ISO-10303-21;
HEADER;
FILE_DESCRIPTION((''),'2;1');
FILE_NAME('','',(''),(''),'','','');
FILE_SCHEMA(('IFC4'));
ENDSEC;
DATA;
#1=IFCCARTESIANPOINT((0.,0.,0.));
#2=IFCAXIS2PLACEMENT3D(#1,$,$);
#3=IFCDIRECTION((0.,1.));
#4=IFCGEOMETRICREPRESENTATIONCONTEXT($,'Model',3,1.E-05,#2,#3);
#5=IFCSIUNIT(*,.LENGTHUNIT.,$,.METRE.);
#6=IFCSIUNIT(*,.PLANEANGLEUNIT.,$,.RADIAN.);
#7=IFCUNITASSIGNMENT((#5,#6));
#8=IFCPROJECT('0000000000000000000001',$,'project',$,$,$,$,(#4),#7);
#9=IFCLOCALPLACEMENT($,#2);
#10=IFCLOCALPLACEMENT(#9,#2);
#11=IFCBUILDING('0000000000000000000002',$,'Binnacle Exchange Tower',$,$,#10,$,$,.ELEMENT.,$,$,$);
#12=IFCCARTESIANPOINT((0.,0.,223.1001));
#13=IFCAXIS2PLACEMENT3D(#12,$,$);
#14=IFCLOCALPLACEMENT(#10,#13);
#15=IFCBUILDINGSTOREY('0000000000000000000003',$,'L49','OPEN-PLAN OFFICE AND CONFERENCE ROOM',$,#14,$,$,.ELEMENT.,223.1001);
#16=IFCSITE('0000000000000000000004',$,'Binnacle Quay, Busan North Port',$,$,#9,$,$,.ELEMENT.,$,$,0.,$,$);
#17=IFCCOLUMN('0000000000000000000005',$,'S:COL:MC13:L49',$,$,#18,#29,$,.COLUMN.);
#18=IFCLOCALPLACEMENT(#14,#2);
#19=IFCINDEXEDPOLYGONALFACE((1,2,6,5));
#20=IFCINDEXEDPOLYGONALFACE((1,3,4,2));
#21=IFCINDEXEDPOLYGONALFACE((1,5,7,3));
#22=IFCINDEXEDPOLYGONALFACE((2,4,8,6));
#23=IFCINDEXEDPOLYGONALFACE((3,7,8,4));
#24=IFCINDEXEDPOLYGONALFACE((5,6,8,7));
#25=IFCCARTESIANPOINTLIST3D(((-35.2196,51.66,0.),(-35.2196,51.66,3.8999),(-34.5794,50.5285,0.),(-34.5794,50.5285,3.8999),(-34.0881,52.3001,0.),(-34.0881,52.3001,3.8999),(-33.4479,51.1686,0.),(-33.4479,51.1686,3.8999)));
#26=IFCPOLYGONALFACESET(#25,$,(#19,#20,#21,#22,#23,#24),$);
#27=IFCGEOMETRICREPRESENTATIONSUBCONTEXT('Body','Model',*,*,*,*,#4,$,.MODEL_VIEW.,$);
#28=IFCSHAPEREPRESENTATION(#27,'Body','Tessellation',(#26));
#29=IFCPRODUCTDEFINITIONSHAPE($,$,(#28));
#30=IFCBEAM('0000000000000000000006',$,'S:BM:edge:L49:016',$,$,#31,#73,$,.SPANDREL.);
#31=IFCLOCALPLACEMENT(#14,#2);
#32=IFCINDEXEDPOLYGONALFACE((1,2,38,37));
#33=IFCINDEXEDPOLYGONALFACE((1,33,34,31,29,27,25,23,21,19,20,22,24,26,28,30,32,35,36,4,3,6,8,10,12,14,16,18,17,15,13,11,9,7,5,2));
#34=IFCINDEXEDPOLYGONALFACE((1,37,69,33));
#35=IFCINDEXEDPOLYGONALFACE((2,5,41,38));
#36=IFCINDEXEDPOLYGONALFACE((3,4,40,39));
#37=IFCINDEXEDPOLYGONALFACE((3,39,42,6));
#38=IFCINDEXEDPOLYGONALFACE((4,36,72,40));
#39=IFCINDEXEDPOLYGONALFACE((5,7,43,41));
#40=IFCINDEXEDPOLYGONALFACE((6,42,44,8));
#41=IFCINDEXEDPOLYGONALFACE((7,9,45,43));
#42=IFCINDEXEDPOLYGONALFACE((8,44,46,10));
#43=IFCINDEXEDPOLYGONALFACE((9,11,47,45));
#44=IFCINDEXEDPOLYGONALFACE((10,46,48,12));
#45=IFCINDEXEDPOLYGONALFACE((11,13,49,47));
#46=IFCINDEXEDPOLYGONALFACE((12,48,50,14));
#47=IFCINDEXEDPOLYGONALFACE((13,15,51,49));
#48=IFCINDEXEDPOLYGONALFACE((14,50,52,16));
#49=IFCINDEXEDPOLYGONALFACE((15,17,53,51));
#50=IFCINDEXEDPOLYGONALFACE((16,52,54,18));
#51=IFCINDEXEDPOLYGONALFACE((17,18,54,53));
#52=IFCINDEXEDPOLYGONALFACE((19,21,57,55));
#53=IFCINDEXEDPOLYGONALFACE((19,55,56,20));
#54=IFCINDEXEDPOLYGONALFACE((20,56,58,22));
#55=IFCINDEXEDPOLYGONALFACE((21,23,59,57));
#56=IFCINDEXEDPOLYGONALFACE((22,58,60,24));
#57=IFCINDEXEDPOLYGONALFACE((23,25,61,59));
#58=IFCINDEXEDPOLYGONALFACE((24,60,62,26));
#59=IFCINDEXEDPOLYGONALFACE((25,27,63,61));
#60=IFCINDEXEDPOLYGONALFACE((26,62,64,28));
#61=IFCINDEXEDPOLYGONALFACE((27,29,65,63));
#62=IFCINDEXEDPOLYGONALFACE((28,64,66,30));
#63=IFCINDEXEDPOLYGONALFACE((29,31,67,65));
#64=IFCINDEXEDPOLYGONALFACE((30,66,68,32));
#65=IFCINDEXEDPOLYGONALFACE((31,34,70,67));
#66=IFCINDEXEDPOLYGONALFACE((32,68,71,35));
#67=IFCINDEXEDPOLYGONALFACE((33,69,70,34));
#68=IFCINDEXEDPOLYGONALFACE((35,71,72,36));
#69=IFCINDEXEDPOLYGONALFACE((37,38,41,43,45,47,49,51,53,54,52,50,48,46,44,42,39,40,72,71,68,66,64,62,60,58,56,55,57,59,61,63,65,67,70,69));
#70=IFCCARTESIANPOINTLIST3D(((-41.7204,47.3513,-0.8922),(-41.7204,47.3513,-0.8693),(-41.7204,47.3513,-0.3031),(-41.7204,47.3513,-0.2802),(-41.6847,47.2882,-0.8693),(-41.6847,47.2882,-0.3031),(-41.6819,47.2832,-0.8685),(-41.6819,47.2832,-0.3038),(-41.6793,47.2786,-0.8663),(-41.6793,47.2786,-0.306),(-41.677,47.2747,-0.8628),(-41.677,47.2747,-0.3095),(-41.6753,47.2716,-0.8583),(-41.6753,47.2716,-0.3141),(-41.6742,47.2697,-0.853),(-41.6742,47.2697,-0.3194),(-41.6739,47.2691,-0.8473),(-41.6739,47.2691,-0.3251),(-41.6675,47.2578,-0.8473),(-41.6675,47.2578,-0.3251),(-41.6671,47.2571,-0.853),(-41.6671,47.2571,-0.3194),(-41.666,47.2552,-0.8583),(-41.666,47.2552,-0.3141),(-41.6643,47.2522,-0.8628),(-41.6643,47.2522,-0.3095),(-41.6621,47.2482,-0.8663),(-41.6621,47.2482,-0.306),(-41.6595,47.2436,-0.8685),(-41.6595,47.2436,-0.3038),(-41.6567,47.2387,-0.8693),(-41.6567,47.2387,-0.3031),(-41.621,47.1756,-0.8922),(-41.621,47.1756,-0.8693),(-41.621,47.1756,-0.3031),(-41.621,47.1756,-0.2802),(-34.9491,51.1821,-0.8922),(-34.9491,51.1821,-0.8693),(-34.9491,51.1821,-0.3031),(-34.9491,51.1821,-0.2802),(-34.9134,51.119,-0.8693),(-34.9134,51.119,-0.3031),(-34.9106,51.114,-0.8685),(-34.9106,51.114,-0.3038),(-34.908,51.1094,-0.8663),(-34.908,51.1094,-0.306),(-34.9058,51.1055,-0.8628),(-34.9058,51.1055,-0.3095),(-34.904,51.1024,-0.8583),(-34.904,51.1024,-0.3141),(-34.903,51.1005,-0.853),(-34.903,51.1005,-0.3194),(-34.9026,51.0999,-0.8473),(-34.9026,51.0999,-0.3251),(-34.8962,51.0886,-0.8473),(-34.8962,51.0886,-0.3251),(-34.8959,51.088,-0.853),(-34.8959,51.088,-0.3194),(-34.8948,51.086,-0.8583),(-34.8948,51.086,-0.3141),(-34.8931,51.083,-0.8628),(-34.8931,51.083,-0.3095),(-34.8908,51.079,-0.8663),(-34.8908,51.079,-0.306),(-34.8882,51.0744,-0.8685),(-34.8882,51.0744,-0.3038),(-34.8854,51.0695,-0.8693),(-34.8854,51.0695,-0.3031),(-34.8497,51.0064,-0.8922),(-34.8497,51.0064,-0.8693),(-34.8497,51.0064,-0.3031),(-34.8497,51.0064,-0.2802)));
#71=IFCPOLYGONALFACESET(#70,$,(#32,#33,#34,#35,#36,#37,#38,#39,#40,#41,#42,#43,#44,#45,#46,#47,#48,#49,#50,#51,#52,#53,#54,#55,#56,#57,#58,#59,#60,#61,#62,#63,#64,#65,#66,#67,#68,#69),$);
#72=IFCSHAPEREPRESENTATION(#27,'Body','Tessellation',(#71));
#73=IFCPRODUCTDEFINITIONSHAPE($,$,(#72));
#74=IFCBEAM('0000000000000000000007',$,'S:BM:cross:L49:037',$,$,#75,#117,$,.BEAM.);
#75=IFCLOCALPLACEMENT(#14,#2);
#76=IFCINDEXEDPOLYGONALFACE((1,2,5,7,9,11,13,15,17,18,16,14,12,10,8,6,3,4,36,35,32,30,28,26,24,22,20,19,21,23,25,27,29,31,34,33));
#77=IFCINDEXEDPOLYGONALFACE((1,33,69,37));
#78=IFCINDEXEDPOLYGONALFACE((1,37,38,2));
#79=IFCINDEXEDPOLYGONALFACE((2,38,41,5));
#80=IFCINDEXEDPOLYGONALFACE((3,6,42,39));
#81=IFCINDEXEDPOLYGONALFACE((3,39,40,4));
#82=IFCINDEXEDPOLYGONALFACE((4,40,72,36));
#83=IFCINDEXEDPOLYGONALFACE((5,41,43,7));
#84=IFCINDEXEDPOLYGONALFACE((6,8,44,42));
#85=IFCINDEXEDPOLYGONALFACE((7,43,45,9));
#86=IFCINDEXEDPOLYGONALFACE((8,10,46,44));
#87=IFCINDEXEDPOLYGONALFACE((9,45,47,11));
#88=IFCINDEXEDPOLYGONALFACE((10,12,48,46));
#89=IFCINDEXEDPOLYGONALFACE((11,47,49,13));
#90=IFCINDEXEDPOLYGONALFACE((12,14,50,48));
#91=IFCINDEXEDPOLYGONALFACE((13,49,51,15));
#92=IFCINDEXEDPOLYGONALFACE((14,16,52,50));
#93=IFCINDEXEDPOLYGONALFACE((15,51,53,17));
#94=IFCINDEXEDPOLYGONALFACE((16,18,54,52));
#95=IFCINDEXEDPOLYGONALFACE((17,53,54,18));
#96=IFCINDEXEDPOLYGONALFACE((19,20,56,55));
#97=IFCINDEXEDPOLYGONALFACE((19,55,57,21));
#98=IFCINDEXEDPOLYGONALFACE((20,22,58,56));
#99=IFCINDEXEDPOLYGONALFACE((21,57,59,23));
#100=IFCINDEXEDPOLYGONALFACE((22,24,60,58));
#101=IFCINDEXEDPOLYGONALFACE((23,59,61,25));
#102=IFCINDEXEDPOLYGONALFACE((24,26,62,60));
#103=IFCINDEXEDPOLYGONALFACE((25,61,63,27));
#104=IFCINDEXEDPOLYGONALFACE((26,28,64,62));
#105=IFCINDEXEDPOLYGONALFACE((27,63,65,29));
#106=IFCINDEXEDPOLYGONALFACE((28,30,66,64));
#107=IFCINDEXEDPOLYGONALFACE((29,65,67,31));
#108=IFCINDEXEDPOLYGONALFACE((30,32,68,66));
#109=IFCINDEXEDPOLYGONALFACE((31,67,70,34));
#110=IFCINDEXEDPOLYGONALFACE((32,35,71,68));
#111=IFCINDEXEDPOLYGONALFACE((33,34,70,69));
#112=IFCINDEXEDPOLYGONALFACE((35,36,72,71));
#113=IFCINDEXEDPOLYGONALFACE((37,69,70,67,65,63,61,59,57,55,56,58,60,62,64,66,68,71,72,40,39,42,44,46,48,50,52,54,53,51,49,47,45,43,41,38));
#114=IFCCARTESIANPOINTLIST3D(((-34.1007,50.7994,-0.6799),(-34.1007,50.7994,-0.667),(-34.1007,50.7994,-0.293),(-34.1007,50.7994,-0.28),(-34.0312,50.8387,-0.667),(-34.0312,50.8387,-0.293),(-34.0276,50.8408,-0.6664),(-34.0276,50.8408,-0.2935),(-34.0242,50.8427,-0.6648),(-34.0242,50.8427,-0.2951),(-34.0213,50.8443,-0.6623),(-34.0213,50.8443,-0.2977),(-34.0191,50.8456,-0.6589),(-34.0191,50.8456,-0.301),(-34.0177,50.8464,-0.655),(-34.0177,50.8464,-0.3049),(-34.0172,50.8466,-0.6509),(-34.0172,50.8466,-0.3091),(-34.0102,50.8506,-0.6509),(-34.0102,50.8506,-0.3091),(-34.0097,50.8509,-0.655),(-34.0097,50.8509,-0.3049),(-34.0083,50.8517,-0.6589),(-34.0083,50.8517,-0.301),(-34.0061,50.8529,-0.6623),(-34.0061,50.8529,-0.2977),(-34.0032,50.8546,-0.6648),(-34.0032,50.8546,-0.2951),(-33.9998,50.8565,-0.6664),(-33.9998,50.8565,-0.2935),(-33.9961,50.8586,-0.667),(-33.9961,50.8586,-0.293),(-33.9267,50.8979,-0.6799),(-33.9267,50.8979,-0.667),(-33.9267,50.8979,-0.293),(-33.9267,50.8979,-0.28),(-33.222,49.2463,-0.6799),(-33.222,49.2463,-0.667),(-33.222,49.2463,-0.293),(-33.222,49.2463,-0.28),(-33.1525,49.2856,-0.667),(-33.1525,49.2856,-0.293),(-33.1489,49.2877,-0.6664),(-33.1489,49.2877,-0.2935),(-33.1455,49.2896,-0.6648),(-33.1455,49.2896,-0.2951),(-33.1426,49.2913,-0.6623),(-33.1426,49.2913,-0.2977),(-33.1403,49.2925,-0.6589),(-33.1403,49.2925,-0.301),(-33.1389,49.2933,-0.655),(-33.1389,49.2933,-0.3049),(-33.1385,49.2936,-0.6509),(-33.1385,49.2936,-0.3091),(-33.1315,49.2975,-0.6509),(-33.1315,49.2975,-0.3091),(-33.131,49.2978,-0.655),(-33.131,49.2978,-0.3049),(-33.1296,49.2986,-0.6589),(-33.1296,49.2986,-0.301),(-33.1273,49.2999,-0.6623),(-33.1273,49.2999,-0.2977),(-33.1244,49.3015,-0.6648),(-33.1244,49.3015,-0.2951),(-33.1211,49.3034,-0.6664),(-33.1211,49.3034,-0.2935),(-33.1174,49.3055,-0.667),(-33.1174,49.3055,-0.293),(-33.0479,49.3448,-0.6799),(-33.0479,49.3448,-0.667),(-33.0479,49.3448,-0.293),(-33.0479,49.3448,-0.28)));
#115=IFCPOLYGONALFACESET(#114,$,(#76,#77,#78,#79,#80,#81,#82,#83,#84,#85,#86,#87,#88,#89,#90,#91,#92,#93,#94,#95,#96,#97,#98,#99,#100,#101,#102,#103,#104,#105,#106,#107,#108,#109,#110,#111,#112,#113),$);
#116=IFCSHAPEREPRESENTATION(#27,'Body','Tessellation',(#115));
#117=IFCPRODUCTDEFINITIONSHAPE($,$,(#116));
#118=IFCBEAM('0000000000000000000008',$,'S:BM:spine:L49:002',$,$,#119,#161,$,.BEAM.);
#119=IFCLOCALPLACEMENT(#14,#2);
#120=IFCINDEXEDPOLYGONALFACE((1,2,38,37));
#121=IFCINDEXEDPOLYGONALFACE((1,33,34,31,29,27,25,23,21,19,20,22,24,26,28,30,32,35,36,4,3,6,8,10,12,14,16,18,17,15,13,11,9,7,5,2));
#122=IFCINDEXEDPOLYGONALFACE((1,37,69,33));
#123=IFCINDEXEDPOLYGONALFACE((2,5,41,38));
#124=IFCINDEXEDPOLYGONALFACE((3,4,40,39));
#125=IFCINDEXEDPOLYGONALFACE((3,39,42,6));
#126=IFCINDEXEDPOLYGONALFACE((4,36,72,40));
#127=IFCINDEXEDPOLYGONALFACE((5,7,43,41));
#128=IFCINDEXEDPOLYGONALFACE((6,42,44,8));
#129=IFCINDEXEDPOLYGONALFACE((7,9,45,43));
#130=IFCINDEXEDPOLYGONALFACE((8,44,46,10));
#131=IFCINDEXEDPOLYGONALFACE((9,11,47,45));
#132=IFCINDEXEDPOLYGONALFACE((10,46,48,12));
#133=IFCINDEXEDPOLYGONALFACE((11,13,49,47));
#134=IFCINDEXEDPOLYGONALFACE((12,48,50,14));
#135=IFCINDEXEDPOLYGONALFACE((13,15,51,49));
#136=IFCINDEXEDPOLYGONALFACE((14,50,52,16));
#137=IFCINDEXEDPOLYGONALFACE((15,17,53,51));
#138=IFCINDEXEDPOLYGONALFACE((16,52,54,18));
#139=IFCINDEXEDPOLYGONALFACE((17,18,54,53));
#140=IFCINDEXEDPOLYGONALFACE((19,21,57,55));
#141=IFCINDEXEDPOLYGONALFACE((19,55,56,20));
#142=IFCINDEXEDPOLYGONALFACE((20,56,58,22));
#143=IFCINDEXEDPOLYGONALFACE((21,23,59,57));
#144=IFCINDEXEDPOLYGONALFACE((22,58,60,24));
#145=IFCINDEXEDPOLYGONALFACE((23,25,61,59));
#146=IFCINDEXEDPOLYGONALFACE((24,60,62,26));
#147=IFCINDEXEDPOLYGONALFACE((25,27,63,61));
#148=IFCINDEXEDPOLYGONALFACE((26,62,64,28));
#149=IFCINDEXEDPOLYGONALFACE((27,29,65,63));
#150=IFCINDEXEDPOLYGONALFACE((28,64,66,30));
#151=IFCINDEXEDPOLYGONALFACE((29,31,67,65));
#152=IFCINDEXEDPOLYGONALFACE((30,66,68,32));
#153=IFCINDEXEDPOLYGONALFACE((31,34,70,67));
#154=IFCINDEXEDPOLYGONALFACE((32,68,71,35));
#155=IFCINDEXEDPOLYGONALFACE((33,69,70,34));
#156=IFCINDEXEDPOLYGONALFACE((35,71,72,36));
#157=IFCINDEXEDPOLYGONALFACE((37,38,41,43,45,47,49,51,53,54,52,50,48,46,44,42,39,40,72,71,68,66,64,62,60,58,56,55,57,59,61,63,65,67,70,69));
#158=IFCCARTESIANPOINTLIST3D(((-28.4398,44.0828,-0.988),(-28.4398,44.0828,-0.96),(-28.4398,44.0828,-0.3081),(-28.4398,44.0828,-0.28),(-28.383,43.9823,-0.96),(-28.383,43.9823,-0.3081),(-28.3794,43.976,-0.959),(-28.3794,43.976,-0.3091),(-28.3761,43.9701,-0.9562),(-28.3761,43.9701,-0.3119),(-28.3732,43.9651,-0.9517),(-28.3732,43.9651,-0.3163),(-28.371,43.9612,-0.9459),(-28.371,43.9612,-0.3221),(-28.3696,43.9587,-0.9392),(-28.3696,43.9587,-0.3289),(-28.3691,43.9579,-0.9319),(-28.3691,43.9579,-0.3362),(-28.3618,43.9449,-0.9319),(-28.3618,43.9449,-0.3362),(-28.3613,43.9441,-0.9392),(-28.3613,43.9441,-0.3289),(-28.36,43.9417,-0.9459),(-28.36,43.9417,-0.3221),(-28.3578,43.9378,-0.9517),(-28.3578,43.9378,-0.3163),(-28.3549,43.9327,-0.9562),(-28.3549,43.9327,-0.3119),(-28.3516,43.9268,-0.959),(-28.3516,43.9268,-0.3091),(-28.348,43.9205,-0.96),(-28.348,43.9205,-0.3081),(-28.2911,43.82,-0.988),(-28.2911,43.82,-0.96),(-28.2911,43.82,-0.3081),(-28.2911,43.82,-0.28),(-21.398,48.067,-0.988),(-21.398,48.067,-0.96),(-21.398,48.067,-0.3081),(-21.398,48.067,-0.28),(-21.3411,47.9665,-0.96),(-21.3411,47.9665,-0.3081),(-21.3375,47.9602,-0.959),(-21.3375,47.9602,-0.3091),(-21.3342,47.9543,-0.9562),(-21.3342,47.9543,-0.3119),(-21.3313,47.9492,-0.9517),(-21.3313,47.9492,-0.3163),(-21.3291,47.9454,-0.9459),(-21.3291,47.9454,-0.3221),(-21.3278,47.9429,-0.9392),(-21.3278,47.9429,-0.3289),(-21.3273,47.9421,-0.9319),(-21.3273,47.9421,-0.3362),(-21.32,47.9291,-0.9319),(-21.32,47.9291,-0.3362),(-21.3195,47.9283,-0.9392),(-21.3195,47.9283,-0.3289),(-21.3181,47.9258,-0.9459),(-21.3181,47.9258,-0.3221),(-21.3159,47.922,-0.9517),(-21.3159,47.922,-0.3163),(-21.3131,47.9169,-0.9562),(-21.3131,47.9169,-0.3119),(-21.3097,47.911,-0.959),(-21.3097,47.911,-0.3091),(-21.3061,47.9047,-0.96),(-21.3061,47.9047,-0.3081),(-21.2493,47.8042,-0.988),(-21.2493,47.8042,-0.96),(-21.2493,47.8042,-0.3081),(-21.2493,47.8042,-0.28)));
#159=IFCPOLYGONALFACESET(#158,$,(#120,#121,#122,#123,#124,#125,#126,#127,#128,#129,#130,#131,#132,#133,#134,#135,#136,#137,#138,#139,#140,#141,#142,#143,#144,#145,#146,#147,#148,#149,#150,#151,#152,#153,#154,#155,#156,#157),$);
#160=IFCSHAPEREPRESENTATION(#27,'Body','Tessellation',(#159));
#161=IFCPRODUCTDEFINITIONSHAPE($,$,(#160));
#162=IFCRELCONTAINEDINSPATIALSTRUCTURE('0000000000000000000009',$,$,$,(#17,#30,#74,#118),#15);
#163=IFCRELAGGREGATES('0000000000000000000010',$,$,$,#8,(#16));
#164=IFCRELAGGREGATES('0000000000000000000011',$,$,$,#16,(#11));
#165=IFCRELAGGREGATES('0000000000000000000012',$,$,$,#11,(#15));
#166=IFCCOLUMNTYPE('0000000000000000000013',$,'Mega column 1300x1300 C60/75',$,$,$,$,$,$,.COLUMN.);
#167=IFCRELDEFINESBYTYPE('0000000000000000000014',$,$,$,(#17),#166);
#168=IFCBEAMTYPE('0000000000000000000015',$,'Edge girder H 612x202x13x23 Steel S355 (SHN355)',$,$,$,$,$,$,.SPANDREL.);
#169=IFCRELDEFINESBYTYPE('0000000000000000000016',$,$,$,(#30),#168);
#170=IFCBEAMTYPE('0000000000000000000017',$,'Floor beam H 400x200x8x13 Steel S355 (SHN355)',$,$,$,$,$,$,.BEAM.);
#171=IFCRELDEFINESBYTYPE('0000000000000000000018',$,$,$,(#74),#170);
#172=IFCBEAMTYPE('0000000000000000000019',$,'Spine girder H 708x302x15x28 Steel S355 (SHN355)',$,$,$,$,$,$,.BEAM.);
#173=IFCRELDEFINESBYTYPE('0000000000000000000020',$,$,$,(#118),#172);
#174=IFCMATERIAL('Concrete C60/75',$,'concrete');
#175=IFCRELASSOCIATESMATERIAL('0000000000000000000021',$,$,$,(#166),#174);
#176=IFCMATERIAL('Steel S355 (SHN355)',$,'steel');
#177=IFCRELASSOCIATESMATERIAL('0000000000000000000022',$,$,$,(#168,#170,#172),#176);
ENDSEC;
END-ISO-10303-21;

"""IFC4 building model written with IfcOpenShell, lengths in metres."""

from ifc_helpers import new_model, si_unit, direction, frame, origin, origin_2d, place, context, subcontext, project, spatial, rectangle, i_section, extrude, material, material_profile, profile_set, type_object, element, save


model = new_model("IFC4")

# Units and contexts
model_context = context("Model", 3, precision=1e-05, world=origin(), true_north=direction((0.0, 1.0)))
body_context = subcontext(model_context, "Body", "Model", "MODEL_VIEW")
ifc_project = project(units=[si_unit("LENGTHUNIT", "METRE"), si_unit("PLANEANGLEUNIT", "RADIAN")], contexts=[model_context])

# Site, building, storey
site_placement = place(None, origin())
site = spatial("IfcSite", under=ifc_project, at=site_placement, Name="Binnacle Quay, Busan North Port", CompositionType="ELEMENT", RefElevation=0.0)
building_placement = place(site_placement, origin())
building = spatial("IfcBuilding", under=site, at=building_placement, Name="Binnacle Exchange Tower", CompositionType="ELEMENT")
storey_placement = place(building_placement, frame((0.0, 0.0, 223.1001)))
storey = spatial("IfcBuildingStorey", under=building, at=storey_placement, Name="L49", Description="OPEN-PLAN OFFICE AND CONFERENCE ROOM", CompositionType="ELEMENT", Elevation=223.1001)

# Column
ifc_material_1 = material(Name="Concrete C60/75", Category="concrete")
ifc_material_profile_1 = material_profile(ifc_material_1, rectangle(XDim=1.3, YDim=1.3, at=origin_2d()), Name="Mega column 1300x1300 C60/75")
ifc_profile_set_1 = profile_set([ifc_material_profile_1], Name="Concrete C60/75")
column_type = type_object("IfcColumnType", Name="Mega column 1300x1300 C60/75", PredefinedType="COLUMN", material=ifc_profile_set_1)
column_placement = place(storey_placement, frame((-34.3337, 51.4143, 0.0), z_axis=(0.0, 0.0, 1.0), x_axis=(-0.870356, -0.492424, 0.0)))
element("IfcColumn", 1, at=column_placement, inside=storey, type_object=column_type, Name="S:COL:MC13:L49", PredefinedType="COLUMN", context=body_context, shape_type="SweptSolid", body=[
    extrude(rectangle(XDim=1.3, YDim=1.3, at=origin_2d()), origin(), (0.0, 0.0, 1.0), 3.8999),
])

# Beams
ifc_material_2 = material(Name="Steel S355 (SHN355)", Category="steel")
ifc_material_profile_2 = material_profile(ifc_material_2, i_section(OverallWidth=0.2019, OverallDepth=0.6121, WebThickness=0.0129, FlangeThickness=0.0229, FilletRadius=0.022, at=origin_2d()), Name="H 612x202x13x23")
ifc_profile_set_2 = profile_set([ifc_material_profile_2], Name="Steel S355 (SHN355)")
beam_type_1 = type_object("IfcBeamType", Name="Edge girder H 612x202x13x23 Steel S355 (SHN355)", PredefinedType="SPANDREL", material=ifc_profile_set_2)
beam_1_placement = place(storey_placement, frame((-34.8994, 51.0942, -0.5862), z_axis=(-0.870365, -0.492407, 0.0), x_axis=(0.492407, -0.870365, 0.0)))
element("IfcBeam", 2, at=beam_1_placement, inside=storey, type_object=beam_type_1, Name="S:BM:edge:L49:016", PredefinedType="SPANDREL", context=body_context, shape_type="SweptSolid", body=[
    extrude(i_section(OverallWidth=0.2019, OverallDepth=0.6121, WebThickness=0.0129, FlangeThickness=0.0229, FilletRadius=0.022, at=origin_2d()), origin(), (0.0, 0.0, 1.0), 7.7798),
])
ifc_material_profile_3 = material_profile(ifc_material_2, i_section(OverallWidth=0.2, OverallDepth=0.3999, WebThickness=0.0081, FlangeThickness=0.0129, FilletRadius=0.0161, at=origin_2d()), Name="H 400x200x8x13")
ifc_profile_set_3 = profile_set([ifc_material_profile_3], Name="Steel S355 (SHN355)")
beam_type_2 = type_object("IfcBeamType", Name="Floor beam H 400x200x8x13 Steel S355 (SHN355)", PredefinedType="BEAM", material=ifc_profile_set_3)
beam_2_placement = place(storey_placement, frame((-34.0137, 50.8486, -0.48), z_axis=(0.492436, -0.870349, 0.0), x_axis=(0.870349, 0.492436, 0.0)))
element("IfcBeam", 3, at=beam_2_placement, inside=storey, type_object=beam_type_2, Name="S:BM:cross:L49:037", PredefinedType="BEAM", context=body_context, shape_type="SweptSolid", body=[
    extrude(i_section(OverallWidth=0.2, OverallDepth=0.3999, WebThickness=0.0081, FlangeThickness=0.0129, FilletRadius=0.0161, at=origin_2d()), origin(), (0.0, 0.0, 1.0), 1.7844),
])
ifc_material_profile_4 = material_profile(ifc_material_2, i_section(OverallWidth=0.302, OverallDepth=0.708, WebThickness=0.0149, FlangeThickness=0.0281, FilletRadius=0.0281, at=origin_2d()), Name="H 708x302x15x28")
ifc_profile_set_4 = profile_set([ifc_material_profile_4], Name="Steel S355 (SHN355)")
beam_type_3 = type_object("IfcBeamType", Name="Spine girder H 708x302x15x28 Steel S355 (SHN355)", PredefinedType="BEAM", material=ifc_profile_set_4)
beam_3_placement = place(storey_placement, frame((-28.3655, 43.9514, -0.634), z_axis=(0.87035, 0.492433, 0.0), x_axis=(-0.492433, 0.87035, 0.0)))
element("IfcBeam", 4, at=beam_3_placement, inside=storey, type_object=beam_type_3, Name="S:BM:spine:L49:002", PredefinedType="BEAM", context=body_context, shape_type="SweptSolid", body=[
    extrude(i_section(OverallWidth=0.302, OverallDepth=0.708, WebThickness=0.0149, FlangeThickness=0.0281, FilletRadius=0.0281, at=origin_2d()), origin(), (0.0, 0.0, 1.0), 8.0908),
])

save(model, "model.ifc")
